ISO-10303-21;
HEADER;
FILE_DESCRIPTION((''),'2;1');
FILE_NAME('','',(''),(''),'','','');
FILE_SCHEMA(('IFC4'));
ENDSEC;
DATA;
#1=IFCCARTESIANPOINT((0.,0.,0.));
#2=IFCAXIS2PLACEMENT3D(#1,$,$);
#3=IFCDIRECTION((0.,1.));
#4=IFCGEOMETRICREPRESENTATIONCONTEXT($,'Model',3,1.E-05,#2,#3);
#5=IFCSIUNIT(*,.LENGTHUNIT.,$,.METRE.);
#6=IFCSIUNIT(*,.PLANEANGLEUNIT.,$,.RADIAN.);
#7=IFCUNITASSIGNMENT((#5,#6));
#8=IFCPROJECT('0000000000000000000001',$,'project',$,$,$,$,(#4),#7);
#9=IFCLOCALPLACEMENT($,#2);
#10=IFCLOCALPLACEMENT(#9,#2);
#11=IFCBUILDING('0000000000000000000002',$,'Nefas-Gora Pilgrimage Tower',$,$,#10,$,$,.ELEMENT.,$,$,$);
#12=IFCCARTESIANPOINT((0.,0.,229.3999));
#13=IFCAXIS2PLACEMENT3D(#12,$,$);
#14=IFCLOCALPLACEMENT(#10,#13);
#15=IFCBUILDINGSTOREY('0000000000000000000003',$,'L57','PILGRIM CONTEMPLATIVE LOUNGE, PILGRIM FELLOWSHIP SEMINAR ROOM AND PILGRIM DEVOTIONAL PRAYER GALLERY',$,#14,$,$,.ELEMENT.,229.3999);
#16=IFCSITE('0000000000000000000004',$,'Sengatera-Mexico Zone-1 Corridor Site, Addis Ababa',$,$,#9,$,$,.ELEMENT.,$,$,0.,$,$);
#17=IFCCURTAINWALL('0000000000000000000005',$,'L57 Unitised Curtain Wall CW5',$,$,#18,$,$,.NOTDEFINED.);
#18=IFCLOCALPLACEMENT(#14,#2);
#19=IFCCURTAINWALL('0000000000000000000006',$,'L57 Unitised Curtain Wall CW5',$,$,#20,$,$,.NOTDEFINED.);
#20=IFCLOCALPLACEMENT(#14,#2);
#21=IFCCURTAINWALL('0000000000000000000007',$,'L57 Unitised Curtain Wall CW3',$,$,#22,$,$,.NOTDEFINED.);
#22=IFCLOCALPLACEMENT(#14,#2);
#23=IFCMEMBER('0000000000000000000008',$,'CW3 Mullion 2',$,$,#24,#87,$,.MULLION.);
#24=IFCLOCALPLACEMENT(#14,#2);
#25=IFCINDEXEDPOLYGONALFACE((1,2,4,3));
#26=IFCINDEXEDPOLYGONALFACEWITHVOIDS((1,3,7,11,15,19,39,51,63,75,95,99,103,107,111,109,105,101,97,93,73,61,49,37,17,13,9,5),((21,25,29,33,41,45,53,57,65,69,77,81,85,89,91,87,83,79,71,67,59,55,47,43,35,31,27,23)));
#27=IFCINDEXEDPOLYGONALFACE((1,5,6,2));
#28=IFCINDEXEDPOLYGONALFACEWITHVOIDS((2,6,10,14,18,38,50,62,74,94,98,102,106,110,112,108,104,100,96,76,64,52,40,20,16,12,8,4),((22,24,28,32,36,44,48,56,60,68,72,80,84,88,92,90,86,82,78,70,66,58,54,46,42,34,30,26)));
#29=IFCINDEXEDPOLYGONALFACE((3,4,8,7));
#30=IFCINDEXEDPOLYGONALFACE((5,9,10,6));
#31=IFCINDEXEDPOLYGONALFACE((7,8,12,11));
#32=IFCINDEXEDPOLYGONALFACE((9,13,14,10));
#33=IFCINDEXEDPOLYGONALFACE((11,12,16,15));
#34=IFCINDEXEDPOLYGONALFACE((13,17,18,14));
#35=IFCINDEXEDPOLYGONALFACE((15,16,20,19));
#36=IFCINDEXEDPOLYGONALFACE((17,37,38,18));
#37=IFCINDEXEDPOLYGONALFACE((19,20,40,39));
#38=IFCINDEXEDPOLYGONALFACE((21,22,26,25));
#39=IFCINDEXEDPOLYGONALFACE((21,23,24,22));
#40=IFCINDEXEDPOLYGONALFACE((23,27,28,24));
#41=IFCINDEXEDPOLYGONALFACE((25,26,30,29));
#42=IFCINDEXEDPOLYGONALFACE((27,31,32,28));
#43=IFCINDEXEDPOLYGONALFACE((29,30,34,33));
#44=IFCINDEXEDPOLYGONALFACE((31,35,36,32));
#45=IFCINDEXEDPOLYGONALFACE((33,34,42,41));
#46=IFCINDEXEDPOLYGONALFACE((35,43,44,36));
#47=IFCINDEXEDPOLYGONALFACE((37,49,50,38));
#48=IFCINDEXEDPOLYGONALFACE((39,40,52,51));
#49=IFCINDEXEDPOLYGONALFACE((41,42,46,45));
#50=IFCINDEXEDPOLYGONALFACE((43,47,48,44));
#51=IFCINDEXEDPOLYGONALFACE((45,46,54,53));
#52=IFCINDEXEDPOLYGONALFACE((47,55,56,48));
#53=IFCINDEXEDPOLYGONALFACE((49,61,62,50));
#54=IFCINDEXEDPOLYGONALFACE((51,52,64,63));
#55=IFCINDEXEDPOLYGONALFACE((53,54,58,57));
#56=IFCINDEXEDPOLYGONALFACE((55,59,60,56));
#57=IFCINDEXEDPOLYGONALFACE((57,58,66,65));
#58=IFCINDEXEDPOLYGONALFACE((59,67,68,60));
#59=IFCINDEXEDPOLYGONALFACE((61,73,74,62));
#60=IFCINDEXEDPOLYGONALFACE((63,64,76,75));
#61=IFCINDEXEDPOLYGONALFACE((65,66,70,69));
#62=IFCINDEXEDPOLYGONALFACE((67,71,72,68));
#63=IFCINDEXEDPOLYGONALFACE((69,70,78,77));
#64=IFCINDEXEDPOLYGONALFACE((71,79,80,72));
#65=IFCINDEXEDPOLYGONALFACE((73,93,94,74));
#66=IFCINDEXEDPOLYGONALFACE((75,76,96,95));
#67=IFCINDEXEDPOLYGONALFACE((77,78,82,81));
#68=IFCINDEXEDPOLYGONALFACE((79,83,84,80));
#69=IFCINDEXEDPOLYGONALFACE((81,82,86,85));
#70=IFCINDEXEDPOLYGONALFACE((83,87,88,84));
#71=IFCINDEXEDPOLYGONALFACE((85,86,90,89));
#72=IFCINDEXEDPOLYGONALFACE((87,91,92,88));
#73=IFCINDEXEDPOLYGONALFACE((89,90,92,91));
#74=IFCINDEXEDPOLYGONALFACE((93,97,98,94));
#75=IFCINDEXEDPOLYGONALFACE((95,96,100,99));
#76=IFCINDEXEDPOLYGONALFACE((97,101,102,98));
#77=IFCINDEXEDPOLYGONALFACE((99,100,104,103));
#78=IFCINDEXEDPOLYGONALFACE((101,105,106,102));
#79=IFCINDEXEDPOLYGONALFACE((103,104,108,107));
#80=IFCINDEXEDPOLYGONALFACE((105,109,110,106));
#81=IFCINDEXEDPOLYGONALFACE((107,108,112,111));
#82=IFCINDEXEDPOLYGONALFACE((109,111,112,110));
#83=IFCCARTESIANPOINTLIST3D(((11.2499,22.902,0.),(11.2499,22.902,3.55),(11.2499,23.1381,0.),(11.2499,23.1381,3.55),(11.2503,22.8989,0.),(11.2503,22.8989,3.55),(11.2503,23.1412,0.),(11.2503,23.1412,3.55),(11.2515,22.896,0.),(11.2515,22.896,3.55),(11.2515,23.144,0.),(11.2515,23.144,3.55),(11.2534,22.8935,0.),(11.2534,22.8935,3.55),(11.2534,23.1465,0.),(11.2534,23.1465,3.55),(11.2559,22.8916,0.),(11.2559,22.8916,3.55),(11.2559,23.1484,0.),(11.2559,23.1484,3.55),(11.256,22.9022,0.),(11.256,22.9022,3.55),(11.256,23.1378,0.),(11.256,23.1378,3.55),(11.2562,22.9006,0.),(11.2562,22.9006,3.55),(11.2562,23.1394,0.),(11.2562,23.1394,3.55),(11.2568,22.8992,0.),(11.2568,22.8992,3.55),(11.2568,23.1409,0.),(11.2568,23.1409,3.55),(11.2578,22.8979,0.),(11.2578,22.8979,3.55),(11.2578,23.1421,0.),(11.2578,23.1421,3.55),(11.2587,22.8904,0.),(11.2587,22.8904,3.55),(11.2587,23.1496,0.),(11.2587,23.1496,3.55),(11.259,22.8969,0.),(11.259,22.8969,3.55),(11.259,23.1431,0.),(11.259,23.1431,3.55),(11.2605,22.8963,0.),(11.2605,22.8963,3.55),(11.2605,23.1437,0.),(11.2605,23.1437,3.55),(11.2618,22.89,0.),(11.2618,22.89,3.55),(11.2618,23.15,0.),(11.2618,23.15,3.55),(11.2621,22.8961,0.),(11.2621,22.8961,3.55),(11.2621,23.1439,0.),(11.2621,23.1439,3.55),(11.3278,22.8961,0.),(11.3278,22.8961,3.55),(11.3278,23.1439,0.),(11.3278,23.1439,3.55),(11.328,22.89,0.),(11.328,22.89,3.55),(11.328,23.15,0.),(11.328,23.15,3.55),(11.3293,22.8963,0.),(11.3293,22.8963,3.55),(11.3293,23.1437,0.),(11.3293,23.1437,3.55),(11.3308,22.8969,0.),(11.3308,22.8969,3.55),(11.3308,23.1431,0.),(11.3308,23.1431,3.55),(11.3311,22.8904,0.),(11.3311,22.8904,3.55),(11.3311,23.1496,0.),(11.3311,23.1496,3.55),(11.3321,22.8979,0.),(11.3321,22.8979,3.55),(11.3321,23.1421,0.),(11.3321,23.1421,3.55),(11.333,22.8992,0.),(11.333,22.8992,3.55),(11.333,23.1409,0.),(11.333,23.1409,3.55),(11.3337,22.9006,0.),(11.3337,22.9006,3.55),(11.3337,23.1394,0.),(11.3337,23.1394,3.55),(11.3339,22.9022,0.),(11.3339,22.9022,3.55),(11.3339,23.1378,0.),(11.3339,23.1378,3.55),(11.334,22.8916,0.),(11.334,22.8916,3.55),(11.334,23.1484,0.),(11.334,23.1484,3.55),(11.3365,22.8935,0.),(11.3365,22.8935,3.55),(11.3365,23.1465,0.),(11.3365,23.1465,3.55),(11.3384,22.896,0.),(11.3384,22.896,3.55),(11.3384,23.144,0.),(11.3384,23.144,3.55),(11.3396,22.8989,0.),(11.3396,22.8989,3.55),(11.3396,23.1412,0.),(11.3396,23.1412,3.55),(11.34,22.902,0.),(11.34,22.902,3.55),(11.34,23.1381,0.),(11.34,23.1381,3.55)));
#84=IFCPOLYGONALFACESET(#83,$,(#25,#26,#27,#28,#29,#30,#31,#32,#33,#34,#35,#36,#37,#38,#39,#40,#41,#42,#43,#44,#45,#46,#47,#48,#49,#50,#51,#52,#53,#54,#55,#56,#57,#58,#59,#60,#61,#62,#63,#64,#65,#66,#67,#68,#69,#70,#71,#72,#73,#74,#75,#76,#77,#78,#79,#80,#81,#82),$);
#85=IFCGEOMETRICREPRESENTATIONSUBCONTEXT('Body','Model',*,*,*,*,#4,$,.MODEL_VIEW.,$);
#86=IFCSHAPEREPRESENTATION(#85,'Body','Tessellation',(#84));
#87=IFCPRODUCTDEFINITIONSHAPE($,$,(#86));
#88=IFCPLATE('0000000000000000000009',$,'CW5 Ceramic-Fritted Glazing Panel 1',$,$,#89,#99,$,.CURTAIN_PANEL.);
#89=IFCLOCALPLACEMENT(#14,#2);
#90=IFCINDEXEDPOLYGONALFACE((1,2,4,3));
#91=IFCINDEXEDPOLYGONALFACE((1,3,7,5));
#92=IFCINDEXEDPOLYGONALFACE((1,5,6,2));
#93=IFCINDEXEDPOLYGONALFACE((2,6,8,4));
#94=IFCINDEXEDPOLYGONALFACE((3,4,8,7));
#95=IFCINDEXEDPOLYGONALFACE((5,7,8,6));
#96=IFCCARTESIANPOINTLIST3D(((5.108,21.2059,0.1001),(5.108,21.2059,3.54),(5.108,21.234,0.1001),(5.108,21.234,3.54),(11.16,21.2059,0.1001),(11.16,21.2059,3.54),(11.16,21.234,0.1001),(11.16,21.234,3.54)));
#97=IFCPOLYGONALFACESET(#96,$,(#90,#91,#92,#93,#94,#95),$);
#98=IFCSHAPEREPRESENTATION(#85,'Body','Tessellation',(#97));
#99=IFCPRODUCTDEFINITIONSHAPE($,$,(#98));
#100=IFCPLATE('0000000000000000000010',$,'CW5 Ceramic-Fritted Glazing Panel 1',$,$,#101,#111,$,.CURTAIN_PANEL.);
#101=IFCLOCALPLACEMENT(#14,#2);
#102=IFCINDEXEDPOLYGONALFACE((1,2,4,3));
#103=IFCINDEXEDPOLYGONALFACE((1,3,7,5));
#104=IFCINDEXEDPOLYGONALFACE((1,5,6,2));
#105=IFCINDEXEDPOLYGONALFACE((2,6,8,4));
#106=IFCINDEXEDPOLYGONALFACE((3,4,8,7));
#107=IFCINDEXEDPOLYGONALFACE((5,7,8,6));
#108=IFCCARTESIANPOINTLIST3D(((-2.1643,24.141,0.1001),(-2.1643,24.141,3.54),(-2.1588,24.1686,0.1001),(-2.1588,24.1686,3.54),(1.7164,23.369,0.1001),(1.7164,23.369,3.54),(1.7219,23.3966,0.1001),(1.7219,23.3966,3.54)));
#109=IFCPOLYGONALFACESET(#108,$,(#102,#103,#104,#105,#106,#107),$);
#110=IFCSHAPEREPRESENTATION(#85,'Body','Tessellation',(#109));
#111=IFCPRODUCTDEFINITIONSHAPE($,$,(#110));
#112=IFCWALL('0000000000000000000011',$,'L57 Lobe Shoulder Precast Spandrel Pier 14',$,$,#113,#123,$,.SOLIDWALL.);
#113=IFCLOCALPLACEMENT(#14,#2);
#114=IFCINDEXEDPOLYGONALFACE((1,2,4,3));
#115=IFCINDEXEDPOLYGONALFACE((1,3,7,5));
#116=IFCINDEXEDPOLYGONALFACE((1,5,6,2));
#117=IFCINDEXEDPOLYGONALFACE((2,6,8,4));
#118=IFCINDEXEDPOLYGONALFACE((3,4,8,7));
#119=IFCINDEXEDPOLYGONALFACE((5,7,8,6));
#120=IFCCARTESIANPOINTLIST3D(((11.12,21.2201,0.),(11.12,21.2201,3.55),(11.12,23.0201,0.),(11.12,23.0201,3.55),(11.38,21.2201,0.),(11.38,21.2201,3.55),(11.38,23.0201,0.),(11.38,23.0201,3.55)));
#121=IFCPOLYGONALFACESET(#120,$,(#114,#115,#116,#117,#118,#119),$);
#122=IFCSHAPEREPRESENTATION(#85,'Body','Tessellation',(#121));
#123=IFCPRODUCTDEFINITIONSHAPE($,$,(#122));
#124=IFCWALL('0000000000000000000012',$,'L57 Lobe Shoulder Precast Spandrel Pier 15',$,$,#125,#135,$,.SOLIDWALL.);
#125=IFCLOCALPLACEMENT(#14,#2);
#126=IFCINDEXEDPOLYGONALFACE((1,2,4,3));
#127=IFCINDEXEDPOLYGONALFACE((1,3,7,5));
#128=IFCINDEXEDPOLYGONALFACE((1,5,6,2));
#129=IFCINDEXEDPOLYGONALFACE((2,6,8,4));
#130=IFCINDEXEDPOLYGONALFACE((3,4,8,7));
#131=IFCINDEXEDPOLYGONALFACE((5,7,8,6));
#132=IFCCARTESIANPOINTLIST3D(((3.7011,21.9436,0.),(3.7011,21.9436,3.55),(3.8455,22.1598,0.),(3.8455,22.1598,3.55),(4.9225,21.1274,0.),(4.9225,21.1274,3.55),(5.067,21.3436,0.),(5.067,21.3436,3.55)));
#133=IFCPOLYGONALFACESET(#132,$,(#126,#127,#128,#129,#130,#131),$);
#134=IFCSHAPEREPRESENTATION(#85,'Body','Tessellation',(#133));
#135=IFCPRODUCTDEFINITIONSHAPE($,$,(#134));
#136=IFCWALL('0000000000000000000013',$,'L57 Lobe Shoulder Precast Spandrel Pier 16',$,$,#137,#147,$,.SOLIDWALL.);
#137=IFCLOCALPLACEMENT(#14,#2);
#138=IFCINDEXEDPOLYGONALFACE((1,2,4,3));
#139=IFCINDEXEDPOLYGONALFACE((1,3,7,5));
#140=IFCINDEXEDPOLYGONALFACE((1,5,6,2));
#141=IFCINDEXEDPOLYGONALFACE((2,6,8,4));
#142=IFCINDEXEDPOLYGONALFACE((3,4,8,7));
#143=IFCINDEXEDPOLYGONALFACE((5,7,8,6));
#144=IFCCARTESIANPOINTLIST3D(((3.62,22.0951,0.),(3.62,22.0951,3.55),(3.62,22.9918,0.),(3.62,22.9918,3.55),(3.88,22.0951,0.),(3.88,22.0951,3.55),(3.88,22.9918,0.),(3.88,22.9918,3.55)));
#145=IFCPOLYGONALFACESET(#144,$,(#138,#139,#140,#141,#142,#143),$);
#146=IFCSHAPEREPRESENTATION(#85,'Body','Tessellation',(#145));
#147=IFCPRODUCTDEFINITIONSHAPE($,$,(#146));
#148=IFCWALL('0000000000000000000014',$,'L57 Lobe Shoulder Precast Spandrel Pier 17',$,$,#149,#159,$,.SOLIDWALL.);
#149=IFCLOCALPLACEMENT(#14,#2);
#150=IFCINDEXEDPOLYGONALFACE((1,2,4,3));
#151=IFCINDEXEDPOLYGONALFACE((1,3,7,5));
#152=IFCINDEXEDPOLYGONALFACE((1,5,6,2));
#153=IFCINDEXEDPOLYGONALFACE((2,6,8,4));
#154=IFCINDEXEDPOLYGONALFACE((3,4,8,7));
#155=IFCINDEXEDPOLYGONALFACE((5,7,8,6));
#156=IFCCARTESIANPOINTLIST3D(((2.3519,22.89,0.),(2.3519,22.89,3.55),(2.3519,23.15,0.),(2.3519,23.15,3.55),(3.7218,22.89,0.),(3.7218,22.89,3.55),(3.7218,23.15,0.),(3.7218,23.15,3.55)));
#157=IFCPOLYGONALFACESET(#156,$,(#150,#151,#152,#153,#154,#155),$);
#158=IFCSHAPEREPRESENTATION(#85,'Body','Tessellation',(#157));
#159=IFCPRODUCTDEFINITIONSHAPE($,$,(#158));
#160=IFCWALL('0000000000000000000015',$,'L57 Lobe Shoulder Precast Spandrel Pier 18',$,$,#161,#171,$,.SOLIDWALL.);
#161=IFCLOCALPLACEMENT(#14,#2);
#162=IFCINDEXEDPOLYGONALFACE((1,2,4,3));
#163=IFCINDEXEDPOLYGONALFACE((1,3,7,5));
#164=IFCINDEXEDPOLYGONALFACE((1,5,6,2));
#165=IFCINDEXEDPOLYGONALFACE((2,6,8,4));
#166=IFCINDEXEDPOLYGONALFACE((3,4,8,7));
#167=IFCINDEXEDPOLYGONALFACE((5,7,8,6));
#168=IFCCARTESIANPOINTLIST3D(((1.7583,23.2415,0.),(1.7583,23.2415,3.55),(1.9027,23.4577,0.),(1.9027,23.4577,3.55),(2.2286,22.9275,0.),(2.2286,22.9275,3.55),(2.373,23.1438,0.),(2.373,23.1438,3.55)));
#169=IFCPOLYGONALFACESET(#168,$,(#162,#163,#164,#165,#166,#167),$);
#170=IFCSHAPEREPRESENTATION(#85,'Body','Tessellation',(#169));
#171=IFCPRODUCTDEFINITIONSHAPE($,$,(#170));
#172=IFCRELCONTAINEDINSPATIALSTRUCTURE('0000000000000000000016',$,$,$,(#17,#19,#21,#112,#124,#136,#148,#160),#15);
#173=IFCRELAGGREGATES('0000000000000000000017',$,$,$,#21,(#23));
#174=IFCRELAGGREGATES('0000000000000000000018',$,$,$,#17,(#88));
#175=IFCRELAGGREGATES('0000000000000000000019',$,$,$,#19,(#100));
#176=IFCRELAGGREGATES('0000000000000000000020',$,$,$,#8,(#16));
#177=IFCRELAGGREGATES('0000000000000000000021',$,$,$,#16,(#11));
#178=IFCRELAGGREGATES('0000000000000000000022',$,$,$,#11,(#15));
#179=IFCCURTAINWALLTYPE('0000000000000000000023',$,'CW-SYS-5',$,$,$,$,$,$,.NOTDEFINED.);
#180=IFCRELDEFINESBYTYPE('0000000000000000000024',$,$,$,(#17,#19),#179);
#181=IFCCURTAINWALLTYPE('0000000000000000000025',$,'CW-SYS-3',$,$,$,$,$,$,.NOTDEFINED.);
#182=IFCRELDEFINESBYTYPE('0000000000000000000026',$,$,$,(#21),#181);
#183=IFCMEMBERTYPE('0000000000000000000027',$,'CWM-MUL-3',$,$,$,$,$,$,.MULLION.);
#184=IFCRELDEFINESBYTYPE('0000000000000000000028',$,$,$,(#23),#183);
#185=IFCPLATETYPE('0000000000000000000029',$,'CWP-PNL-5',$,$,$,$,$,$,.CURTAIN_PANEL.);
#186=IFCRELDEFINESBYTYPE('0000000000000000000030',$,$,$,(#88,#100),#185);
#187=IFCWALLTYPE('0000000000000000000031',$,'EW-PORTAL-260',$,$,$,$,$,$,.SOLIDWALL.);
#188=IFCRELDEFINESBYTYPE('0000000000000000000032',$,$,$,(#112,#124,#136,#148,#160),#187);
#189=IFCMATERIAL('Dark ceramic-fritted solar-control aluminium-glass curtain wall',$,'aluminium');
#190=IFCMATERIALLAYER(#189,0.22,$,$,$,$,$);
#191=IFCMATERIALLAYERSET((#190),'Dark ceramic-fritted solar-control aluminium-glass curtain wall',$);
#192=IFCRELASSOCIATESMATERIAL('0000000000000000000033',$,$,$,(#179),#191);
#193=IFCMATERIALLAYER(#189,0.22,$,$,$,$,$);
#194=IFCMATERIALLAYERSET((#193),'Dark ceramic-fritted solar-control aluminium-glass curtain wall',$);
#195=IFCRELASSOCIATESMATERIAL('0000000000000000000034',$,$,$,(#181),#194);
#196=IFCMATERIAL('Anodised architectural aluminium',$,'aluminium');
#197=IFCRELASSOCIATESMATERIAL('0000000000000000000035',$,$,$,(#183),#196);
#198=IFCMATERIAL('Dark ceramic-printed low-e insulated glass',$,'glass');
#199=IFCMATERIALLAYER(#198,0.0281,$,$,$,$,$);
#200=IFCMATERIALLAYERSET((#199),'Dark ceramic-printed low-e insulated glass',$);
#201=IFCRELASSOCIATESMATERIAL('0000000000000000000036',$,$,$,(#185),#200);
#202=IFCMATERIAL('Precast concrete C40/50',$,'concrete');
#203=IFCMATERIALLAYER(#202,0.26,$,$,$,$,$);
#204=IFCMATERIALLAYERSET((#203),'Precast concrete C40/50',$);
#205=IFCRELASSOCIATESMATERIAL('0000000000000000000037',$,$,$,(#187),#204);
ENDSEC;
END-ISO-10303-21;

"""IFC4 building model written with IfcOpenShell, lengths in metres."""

from ifc_helpers import new_model, si_unit, direction, frame, frame_2d, origin, origin_2d, place, context, subcontext, project, spatial, rectangle, hollow_rectangle, extrude, source, transform, mapped, material, layer, layer_set, material_profile, profile_set, type_object, element, aggregate, save


model = new_model("IFC4")

# Units and contexts
model_context = context("Model", 3, precision=1e-05, world=origin(), true_north=direction((0.0, 1.0)))
body_context = subcontext(model_context, "Body", "Model", "MODEL_VIEW")
ifc_project = project(units=[si_unit("LENGTHUNIT", "METRE"), si_unit("PLANEANGLEUNIT", "RADIAN")], contexts=[model_context])

# Site, building, storey
site_placement = place(None, origin())
site = spatial("IfcSite", under=ifc_project, at=site_placement, Name="Sengatera-Mexico Zone-1 Corridor Site, Addis Ababa", CompositionType="ELEMENT", RefElevation=0.0)
building_placement = place(site_placement, origin())
building = spatial("IfcBuilding", under=site, at=building_placement, Name="Nefas-Gora Pilgrimage Tower", CompositionType="ELEMENT")
storey_placement = place(building_placement, frame((0.0, 0.0, 229.3999)))
storey = spatial("IfcBuildingStorey", under=building, at=storey_placement, Name="L57", Description="PILGRIM CONTEMPLATIVE LOUNGE, PILGRIM FELLOWSHIP SEMINAR ROOM AND PILGRIM DEVOTIONAL PRAYER GALLERY", CompositionType="ELEMENT", Elevation=229.3999)

# Curtain wall
ifc_material_1 = material(Name="Dark ceramic-fritted solar-control aluminium-glass curtain wall", Category="aluminium")
ifc_layer_1 = layer(ifc_material_1, 0.22)
ifc_layer_set_1 = layer_set([ifc_layer_1], Name="Dark ceramic-fritted solar-control aluminium-glass curtain wall")
curtain_wall_type_1 = type_object("IfcCurtainWallType", Name="CW-SYS-5", PredefinedType="NOTDEFINED", material=ifc_layer_set_1)
curtain_wall_1_placement = place(storey_placement, origin())
curtain_wall_1 = element("IfcCurtainWall", 1, at=curtain_wall_1_placement, inside=storey, type_object=curtain_wall_type_1, Name="L57 Unitised Curtain Wall CW5", PredefinedType="NOTDEFINED")
ifc_material_2 = material(Name="Anodised architectural aluminium", Category="aluminium")

# Curtain wall
curtain_wall_2_placement = place(storey_placement, origin())
curtain_wall_2 = element("IfcCurtainWall", 2, at=curtain_wall_2_placement, inside=storey, type_object=curtain_wall_type_1, Name="L57 Unitised Curtain Wall CW5", PredefinedType="NOTDEFINED")

# Curtain wall, member
ifc_layer_2 = layer(ifc_material_1, 0.22)
ifc_layer_set_2 = layer_set([ifc_layer_2], Name="Dark ceramic-fritted solar-control aluminium-glass curtain wall")
curtain_wall_type_2 = type_object("IfcCurtainWallType", Name="CW-SYS-3", PredefinedType="NOTDEFINED", material=ifc_layer_set_2)
curtain_wall_3_placement = place(storey_placement, origin())
curtain_wall_3 = element("IfcCurtainWall", 3, at=curtain_wall_3_placement, inside=storey, type_object=curtain_wall_type_2, Name="L57 Unitised Curtain Wall CW3", PredefinedType="NOTDEFINED")
ifc_material_profile_1 = material_profile(ifc_material_2, hollow_rectangle(XDim=0.0901, YDim=0.26, WallThickness=0.0061, InnerFilletRadius=0.0061, OuterFilletRadius=0.012, at=origin_2d()), Name="ALU MULLION 90x260")
ifc_profile_set_1 = profile_set([ifc_material_profile_1], Name="Anodised architectural aluminium")
member_type_1 = type_object("IfcMemberType", Name="CWM-MUL-3", PredefinedType="MULLION", material=ifc_profile_set_1)
shared_shape_1 = source(origin(), body_context, "Body", "SweptSolid", [
    extrude(hollow_rectangle(XDim=0.0901, YDim=0.26, WallThickness=0.0061, InnerFilletRadius=0.0061, OuterFilletRadius=0.012, at=origin_2d()), origin(), (0.0, 0.0, 1.0), 3.55),
])
member_1_placement = place(storey_placement, frame((11.2949, 23.02, 0.0), z_axis=(0.0, 0.0, 1.0), x_axis=(-1.0, 0.0, 0.0)))
member_1 = element("IfcMember", 4, at=member_1_placement, type_object=member_type_1, Name="CW3 Mullion 2", PredefinedType="MULLION", context=body_context, shape_type="MappedRepresentation", body=[
    mapped(shared_shape_1, transform((0.0, 0.0, 0.0), x_axis=(1.0, 0.0, 0.0), y_axis=(0.0, 1.0, 0.0), z_axis=(0.0, 0.0, 1.0), scale=1.0)),
])
aggregate(curtain_wall_3, [member_1])

# Plates
ifc_material_3 = material(Name="Dark ceramic-printed low-e insulated glass", Category="glass")
ifc_layer_3 = layer(ifc_material_3, 0.0281)
ifc_layer_set_3 = layer_set([ifc_layer_3], Name="Dark ceramic-printed low-e insulated glass")
plate_type = type_object("IfcPlateType", Name="CWP-PNL-5", PredefinedType="CURTAIN_PANEL", material=ifc_layer_set_3)
shared_shape_2 = source(origin(), body_context, "Body", "SweptSolid", [
    extrude(rectangle(XDim=6.052, YDim=0.0281, at=origin_2d()), origin(), (0.0, 0.0, 1.0), 3.4399),
])
plate_1_placement = place(storey_placement, frame((8.134, 21.22, 0.1001), z_axis=(0.0, 0.0, 1.0), x_axis=(-1.0, 0.0, 0.0)))
plate_1 = element("IfcPlate", 5, at=plate_1_placement, type_object=plate_type, Name="CW5 Ceramic-Fritted Glazing Panel 1", PredefinedType="CURTAIN_PANEL", context=body_context, shape_type="MappedRepresentation", body=[
    mapped(shared_shape_2, transform((0.0, 0.0, 0.0), x_axis=(1.0, 0.0, 0.0), y_axis=(0.0, 1.0, 0.0), z_axis=(0.0, 0.0, 1.0), scale=1.0)),
])
aggregate(curtain_wall_1, [plate_1])
shared_shape_3 = source(origin(), body_context, "Body", "SweptSolid", [
    extrude(rectangle(XDim=3.9568, YDim=0.0281, at=origin_2d()), origin(), (0.0, 0.0, 1.0), 3.4399),
])
plate_2_placement = place(storey_placement, frame((-0.2212, 23.7688, 0.1001), z_axis=(0.0, 0.0, 1.0), x_axis=(-0.980783, 0.195102, 0.0)))
plate_2 = element("IfcPlate", 6, at=plate_2_placement, type_object=plate_type, Name="CW5 Ceramic-Fritted Glazing Panel 1", PredefinedType="CURTAIN_PANEL", context=body_context, shape_type="MappedRepresentation", body=[
    mapped(shared_shape_3, transform((0.0, 0.0, 0.0), x_axis=(1.0, 0.0, 0.0), y_axis=(0.0, 1.0, 0.0), z_axis=(0.0, 0.0, 1.0), scale=1.0)),
])
aggregate(curtain_wall_2, [plate_2])

# Walls
ifc_material_4 = material(Name="Precast concrete C40/50", Category="concrete")
ifc_layer_4 = layer(ifc_material_4, 0.26)
ifc_layer_set_4 = layer_set([ifc_layer_4], Name="Precast concrete C40/50")
wall_type_1 = type_object("IfcWallType", Name="EW-PORTAL-260", PredefinedType="SOLIDWALL", material=ifc_layer_set_4)
shared_shape_4 = source(origin(), body_context, "Body", "SweptSolid", [
    extrude(rectangle(XDim=1.8, YDim=0.26, at=frame_2d((0.8999, 0.0))), origin(), (0.0, 0.0, 1.0), 3.55),
])
wall_1_placement = place(storey_placement, frame((11.25, 23.02, 0.0), z_axis=(0.0, 0.0, 1.0), x_axis=(0.0, -1.0, 0.0)))
element("IfcWall", 7, at=wall_1_placement, inside=storey, type_object=wall_type_1, Name="L57 Lobe Shoulder Precast Spandrel Pier 14", PredefinedType="SOLIDWALL", context=body_context, shape_type="MappedRepresentation", body=[
    mapped(shared_shape_4, transform((0.0, 0.0, 0.0), x_axis=(1.0, 0.0, 0.0), y_axis=(0.0, 1.0, 0.0), z_axis=(0.0, 0.0, 1.0), scale=1.0)),
])
shared_shape_5 = source(origin(), body_context, "Body", "SweptSolid", [
    extrude(rectangle(XDim=1.469, YDim=0.26, at=frame_2d((0.7344, 0.0))), origin(), (0.0, 0.0, 1.0), 3.55),
])
wall_2_placement = place(storey_placement, frame((4.9946, 21.2356, 0.0), z_axis=(0.0, 0.0, 1.0), x_axis=(-0.831462, 0.555582, 0.0)))
element("IfcWall", 8, at=wall_2_placement, inside=storey, type_object=wall_type_1, Name="L57 Lobe Shoulder Precast Spandrel Pier 15", PredefinedType="SOLIDWALL", context=body_context, shape_type="MappedRepresentation", body=[
    mapped(shared_shape_5, transform((0.0, 0.0, 0.0), x_axis=(1.0, 0.0, 0.0), y_axis=(0.0, 1.0, 0.0), z_axis=(0.0, 0.0, 1.0), scale=1.0)),
])
shared_shape_6 = source(origin(), body_context, "Body", "SweptSolid", [
    extrude(rectangle(XDim=0.8967, YDim=0.26, at=frame_2d((0.4482, 0.0))), origin(), (0.0, 0.0, 1.0), 3.55),
])
wall_3_placement = place(storey_placement, frame((3.75, 22.0952, 0.0), z_axis=(0.0, 0.0, 1.0), x_axis=(0.0, 1.0, 0.0)))
element("IfcWall", 9, at=wall_3_placement, inside=storey, type_object=wall_type_1, Name="L57 Lobe Shoulder Precast Spandrel Pier 16", PredefinedType="SOLIDWALL", context=body_context, shape_type="MappedRepresentation", body=[
    mapped(shared_shape_6, transform((0.0, 0.0, 0.0), x_axis=(1.0, 0.0, 0.0), y_axis=(0.0, 1.0, 0.0), z_axis=(0.0, 0.0, 1.0), scale=1.0)),
])
shared_shape_7 = source(origin(), body_context, "Body", "SweptSolid", [
    extrude(rectangle(XDim=1.3699, YDim=0.26, at=frame_2d((0.6851, 0.0))), origin(), (0.0, 0.0, 1.0), 3.55),
])
wall_4_placement = place(storey_placement, frame((3.7219, 23.02, 0.0), z_axis=(0.0, 0.0, 1.0), x_axis=(-1.0, 0.0, 0.0)))
element("IfcWall", 10, at=wall_4_placement, inside=storey, type_object=wall_type_1, Name="L57 Lobe Shoulder Precast Spandrel Pier 17", PredefinedType="SOLIDWALL", context=body_context, shape_type="MappedRepresentation", body=[
    mapped(shared_shape_7, transform((0.0, 0.0, 0.0), x_axis=(1.0, 0.0, 0.0), y_axis=(0.0, 1.0, 0.0), z_axis=(0.0, 0.0, 1.0), scale=1.0)),
])
shared_shape_8 = source(origin(), body_context, "Body", "SweptSolid", [
    extrude(rectangle(XDim=0.5654, YDim=0.26, at=frame_2d((0.2827, 0.0))), origin(), (0.0, 0.0, 1.0), 3.55),
])
wall_5_placement = place(storey_placement, frame((2.3008, 23.0356, 0.0), z_axis=(0.0, 0.0, 1.0), x_axis=(-0.831651, 0.555298, 0.0)))
element("IfcWall", 11, at=wall_5_placement, inside=storey, type_object=wall_type_1, Name="L57 Lobe Shoulder Precast Spandrel Pier 18", PredefinedType="SOLIDWALL", context=body_context, shape_type="MappedRepresentation", body=[
    mapped(shared_shape_8, transform((0.0, 0.0, 0.0), x_axis=(1.0, 0.0, 0.0), y_axis=(0.0, 1.0, 0.0), z_axis=(0.0, 0.0, 1.0), scale=1.0)),
])

save(model, "model.ifc")
